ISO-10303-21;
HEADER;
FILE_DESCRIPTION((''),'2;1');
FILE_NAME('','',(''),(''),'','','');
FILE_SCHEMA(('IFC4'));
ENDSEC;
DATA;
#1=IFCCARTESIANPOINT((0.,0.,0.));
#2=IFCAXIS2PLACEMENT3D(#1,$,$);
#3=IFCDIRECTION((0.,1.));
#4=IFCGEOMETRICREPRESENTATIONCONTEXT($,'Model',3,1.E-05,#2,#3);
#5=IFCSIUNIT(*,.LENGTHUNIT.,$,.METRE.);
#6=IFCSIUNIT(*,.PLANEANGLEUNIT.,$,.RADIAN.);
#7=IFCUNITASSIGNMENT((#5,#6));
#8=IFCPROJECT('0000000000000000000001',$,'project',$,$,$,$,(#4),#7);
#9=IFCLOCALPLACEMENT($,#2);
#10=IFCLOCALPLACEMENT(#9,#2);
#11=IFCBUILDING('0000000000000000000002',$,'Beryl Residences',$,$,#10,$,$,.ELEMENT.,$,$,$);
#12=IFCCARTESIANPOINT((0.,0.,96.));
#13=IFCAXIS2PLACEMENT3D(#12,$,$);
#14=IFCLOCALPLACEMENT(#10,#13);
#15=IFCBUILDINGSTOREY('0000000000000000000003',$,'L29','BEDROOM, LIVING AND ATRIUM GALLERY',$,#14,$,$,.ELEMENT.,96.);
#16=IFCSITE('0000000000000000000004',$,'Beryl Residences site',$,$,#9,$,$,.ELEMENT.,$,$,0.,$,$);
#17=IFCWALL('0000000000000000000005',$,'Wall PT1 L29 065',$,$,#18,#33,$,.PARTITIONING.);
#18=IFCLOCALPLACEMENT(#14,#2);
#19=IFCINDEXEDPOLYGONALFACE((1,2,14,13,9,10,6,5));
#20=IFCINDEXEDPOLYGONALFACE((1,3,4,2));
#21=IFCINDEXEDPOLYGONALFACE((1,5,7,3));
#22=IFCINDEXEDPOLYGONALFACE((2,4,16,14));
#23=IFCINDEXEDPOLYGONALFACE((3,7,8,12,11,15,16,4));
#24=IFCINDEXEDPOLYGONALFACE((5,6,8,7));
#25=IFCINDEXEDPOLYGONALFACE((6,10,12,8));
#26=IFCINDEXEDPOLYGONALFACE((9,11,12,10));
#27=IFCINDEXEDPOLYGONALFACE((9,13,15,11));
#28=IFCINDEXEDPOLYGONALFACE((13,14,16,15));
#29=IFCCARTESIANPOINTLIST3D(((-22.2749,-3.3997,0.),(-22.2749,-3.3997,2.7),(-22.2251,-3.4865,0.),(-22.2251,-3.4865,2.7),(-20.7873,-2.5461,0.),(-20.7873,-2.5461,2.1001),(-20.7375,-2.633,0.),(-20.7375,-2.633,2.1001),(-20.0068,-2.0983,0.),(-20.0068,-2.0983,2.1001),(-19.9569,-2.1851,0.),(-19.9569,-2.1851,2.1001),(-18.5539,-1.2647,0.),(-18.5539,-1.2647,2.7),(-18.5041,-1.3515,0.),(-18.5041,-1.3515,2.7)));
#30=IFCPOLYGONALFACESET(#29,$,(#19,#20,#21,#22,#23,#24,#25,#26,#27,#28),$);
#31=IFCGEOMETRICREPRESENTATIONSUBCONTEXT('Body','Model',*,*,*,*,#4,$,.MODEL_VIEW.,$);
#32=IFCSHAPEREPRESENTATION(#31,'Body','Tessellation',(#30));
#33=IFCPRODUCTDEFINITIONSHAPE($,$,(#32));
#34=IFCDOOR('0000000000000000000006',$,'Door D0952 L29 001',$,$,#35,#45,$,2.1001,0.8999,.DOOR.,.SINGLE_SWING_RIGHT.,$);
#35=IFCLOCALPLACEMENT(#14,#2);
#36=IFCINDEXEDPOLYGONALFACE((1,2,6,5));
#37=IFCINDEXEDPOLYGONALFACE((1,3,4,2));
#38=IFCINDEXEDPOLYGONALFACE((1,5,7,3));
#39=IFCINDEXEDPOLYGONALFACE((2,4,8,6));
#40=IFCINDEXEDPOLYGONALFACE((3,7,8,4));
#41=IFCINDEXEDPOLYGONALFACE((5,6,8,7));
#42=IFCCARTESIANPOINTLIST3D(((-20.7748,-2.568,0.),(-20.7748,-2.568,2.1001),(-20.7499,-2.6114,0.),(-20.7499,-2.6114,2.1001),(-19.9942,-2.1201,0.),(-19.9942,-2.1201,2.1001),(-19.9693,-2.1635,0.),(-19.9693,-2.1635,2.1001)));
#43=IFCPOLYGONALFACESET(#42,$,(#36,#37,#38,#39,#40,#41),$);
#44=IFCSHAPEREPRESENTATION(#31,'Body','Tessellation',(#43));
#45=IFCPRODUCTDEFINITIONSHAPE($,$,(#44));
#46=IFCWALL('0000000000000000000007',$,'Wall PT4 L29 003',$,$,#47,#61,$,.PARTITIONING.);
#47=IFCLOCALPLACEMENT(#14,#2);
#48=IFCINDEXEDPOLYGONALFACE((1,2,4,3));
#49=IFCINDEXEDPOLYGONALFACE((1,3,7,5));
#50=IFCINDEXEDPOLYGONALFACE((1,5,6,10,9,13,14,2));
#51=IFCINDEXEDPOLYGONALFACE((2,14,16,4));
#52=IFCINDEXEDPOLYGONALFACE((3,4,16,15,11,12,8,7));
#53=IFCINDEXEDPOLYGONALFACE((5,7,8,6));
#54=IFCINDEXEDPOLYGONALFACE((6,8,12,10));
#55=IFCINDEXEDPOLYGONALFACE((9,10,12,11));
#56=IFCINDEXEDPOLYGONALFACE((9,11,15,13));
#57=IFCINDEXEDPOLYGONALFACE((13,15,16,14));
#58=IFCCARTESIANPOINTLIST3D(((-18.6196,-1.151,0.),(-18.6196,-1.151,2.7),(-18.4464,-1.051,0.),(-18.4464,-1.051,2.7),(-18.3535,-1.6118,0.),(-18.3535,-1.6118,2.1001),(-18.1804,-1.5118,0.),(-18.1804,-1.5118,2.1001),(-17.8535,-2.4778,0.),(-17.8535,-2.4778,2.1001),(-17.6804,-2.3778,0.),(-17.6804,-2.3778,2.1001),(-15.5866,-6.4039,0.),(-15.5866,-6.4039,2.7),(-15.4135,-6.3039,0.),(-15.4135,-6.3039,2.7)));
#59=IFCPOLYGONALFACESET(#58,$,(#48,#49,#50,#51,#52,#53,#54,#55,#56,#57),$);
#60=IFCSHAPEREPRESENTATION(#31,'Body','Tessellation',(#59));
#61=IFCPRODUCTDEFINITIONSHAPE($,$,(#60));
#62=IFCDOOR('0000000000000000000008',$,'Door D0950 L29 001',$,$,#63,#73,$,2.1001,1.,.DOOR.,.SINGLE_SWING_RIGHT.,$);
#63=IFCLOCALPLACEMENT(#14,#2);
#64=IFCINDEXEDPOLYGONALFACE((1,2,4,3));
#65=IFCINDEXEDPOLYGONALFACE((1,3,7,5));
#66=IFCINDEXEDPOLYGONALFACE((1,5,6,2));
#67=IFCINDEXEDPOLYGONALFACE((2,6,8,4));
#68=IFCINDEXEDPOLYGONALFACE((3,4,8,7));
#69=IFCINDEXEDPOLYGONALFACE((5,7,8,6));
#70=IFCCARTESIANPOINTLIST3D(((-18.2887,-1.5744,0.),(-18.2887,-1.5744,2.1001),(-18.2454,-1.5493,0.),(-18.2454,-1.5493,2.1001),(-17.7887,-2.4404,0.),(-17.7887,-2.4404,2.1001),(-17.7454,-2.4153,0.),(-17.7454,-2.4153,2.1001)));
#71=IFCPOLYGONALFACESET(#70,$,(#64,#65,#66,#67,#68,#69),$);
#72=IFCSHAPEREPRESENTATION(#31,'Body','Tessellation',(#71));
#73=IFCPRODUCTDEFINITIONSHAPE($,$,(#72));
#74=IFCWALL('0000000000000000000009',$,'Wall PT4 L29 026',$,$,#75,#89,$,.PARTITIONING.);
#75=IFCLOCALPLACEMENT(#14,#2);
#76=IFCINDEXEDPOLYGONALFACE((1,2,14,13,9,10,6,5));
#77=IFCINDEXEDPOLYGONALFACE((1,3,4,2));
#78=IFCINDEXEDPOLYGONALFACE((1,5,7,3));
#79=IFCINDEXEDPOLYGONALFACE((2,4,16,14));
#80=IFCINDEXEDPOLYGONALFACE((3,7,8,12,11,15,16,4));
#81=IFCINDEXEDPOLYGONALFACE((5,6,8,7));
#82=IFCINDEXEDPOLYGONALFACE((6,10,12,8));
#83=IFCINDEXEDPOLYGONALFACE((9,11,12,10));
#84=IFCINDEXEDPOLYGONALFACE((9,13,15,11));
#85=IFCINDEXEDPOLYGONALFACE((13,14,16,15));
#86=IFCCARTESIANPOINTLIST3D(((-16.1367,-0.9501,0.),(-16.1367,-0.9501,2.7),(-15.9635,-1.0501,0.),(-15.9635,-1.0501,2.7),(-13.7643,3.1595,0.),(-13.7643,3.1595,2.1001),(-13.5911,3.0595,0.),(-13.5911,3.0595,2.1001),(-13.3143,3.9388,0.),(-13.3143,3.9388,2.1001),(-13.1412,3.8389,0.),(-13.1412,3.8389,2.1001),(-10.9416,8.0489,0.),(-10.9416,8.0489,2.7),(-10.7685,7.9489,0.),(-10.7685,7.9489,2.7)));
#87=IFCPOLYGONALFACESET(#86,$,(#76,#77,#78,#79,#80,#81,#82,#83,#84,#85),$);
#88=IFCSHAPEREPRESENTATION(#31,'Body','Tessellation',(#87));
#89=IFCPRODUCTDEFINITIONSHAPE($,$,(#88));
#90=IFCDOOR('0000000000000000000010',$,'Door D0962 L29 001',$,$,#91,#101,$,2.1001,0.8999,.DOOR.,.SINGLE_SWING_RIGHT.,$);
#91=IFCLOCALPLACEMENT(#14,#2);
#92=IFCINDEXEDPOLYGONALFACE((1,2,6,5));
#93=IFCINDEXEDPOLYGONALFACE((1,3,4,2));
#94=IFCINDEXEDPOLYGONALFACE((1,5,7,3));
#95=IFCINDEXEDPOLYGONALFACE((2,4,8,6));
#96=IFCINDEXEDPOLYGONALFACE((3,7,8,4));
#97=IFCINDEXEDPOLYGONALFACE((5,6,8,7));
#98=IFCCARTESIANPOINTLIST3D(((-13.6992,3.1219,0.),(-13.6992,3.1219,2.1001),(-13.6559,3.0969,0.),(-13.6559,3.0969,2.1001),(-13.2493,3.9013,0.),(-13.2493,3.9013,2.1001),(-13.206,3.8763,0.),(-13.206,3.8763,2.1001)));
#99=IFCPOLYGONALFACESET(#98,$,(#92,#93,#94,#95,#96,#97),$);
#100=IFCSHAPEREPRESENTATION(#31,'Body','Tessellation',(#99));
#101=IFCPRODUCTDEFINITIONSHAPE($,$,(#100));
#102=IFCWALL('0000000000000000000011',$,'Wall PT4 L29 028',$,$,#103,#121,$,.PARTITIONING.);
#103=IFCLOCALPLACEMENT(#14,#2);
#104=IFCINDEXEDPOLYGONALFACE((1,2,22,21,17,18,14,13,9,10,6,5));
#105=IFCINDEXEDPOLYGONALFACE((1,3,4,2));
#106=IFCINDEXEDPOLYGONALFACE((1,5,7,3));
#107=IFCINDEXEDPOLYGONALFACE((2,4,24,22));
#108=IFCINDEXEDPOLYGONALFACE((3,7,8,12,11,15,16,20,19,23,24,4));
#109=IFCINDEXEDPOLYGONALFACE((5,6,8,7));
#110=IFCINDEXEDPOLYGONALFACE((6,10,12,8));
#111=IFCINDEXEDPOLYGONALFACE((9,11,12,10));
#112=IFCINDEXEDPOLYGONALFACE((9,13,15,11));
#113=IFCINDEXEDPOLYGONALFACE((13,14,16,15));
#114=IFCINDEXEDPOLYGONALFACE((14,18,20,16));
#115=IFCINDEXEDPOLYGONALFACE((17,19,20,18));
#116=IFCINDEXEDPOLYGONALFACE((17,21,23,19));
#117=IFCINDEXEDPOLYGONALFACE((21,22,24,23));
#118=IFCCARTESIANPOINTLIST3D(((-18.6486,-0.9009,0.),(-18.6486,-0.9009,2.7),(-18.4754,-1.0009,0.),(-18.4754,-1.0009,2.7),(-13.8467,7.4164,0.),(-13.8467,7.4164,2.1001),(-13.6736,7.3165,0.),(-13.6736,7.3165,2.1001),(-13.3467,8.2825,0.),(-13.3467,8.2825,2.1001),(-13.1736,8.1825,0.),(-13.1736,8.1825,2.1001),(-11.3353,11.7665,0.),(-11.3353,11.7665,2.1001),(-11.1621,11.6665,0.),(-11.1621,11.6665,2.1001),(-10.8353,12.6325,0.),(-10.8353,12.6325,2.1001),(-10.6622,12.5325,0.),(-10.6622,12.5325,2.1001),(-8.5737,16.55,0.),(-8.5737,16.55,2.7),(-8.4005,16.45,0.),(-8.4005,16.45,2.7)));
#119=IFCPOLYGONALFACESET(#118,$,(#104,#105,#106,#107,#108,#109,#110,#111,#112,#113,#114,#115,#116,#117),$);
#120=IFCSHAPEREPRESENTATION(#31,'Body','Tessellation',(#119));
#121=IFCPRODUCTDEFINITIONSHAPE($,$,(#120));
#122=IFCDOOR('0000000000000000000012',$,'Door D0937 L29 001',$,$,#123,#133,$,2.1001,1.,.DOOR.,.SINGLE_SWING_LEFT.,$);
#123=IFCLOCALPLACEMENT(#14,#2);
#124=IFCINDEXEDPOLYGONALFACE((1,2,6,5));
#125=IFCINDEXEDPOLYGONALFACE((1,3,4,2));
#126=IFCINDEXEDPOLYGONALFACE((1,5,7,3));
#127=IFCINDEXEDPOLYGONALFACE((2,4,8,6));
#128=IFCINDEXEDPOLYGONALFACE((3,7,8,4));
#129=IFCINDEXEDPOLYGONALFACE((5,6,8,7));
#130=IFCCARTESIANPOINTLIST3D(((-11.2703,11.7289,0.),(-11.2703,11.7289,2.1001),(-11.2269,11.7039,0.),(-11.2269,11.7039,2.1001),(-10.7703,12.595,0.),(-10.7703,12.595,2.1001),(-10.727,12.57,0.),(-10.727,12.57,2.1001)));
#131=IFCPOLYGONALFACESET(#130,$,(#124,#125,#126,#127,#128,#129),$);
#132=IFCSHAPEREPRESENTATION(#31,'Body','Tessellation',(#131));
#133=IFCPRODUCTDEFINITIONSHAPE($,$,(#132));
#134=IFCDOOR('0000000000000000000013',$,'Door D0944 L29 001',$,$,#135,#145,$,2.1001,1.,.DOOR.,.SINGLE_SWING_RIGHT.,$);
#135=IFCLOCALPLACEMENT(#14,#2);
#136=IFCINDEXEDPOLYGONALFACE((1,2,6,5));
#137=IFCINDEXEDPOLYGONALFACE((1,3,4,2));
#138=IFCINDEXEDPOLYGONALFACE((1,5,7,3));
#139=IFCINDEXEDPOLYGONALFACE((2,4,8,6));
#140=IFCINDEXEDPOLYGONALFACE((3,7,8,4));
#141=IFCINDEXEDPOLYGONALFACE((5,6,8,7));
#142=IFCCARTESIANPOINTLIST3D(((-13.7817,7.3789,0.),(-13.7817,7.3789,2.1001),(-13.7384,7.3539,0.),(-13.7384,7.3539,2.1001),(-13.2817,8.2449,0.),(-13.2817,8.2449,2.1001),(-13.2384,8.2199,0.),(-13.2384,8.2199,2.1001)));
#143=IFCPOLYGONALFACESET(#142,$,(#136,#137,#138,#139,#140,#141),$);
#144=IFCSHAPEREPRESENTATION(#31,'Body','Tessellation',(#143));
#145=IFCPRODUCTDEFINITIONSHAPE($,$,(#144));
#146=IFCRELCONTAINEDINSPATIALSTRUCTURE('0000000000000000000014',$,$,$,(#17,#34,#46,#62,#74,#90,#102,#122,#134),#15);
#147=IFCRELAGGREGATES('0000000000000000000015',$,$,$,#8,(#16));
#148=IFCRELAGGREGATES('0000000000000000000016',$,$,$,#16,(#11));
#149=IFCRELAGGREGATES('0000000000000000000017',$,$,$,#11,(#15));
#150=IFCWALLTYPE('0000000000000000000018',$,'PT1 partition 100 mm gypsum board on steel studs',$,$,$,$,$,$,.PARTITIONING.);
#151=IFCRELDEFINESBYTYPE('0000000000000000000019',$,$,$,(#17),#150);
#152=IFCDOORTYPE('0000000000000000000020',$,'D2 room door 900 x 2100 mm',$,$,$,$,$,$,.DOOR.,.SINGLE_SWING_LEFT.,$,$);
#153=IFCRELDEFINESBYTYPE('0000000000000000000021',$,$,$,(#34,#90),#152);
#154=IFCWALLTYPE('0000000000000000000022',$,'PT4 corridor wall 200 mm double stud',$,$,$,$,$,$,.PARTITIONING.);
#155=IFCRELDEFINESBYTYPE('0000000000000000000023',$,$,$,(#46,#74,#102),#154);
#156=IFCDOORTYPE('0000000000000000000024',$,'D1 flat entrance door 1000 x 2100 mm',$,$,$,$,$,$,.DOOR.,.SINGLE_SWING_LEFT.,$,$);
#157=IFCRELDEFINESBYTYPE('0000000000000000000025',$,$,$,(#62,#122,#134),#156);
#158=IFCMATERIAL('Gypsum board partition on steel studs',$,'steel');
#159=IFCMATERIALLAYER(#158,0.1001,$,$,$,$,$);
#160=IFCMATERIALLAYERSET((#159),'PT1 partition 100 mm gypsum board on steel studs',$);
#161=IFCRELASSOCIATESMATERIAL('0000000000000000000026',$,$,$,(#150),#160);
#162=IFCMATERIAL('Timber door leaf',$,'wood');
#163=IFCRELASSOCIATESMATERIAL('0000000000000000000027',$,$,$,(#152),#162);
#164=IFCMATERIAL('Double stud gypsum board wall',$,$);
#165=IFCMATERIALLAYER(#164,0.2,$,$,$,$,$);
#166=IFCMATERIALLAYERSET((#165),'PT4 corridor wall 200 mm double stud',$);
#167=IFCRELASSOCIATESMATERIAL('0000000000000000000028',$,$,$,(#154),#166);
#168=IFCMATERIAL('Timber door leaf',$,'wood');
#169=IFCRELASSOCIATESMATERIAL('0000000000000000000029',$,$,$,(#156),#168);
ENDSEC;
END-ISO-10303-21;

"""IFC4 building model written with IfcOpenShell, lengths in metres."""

from ifc_helpers import new_model, si_unit, direction, frame, frame_2d, origin, place, context, subcontext, project, spatial, rectangle, extrude, material, layer, layer_set, type_object, element, fill, save


model = new_model("IFC4")

# Units and contexts
model_context = context("Model", 3, precision=1e-05, world=origin(), true_north=direction((0.0, 1.0)))
body_context = subcontext(model_context, "Body", "Model", "MODEL_VIEW")
ifc_project = project(units=[si_unit("LENGTHUNIT", "METRE"), si_unit("PLANEANGLEUNIT", "RADIAN")], contexts=[model_context])

# Site, building, storey
site_placement = place(None, origin())
site = spatial("IfcSite", under=ifc_project, at=site_placement, Name="Beryl Residences site", CompositionType="ELEMENT", RefElevation=0.0)
building_placement = place(site_placement, origin())
building = spatial("IfcBuilding", under=site, at=building_placement, Name="Beryl Residences", CompositionType="ELEMENT")
storey_placement = place(building_placement, frame((0.0, 0.0, 96.0)))
storey = spatial("IfcBuildingStorey", under=building, at=storey_placement, Name="L29", Description="BEDROOM, LIVING AND ATRIUM GALLERY", CompositionType="ELEMENT", Elevation=96.0)

# Shared definitions
ifc_material_1 = material(Name="Gypsum board partition on steel studs", Category="steel")
ifc_layer_1 = layer(ifc_material_1, 0.1001)
ifc_layer_set_1 = layer_set([ifc_layer_1], Name="PT1 partition 100 mm gypsum board on steel studs")
wall_type_1 = type_object("IfcWallType", Name="PT1 partition 100 mm gypsum board on steel studs", PredefinedType="PARTITIONING", material=ifc_layer_set_1)
ifc_material_2 = material(Name="Timber door leaf", Category="wood")
door_type_1 = type_object("IfcDoorType", Name="D2 room door 900 x 2100 mm", OperationType="SINGLE_SWING_LEFT", PredefinedType="DOOR", material=ifc_material_2)

# Walls, openings, doors
wall_1_placement = place(storey_placement, frame((-22.25, -3.4431, 0.0), z_axis=(0.0, 0.0, 1.0), x_axis=(0.867363, 0.497676, 0.0)))
wall_1 = element("IfcWall", 1, at=wall_1_placement, inside=storey, type_object=wall_type_1, Name="Wall PT1 L29 065", PredefinedType="PARTITIONING", context=body_context, shape_type="SweptSolid", body=[
    extrude(rectangle(XDim=4.29, YDim=0.1001, at=frame_2d((2.145, 0.0))), origin(), (0.0, 0.0, 1.0), 2.7),
])
opening_1_placement = place(wall_1_placement, frame((1.7151, 0.0, 0.0)))
opening_1 = element("IfcOpeningElement", 2, at=opening_1_placement, cuts=wall_1, PredefinedType="OPENING", context=body_context, shape_type="SweptSolid", body=[
    extrude(rectangle(XDim=0.8999, YDim=2.1001, at=frame_2d((0.45, 1.05))), frame((0.0, 0.0601, 0.0), z_axis=(0.0, -1.0, 0.0), x_axis=(1.0, 0.0, 0.0)), (0.0, 0.0, 1.0), 0.1201),
])
door_1_placement = place(opening_1_placement, origin())
door_1 = element("IfcDoor", 3, at=door_1_placement, inside=storey, type_object=door_type_1, Name="Door D0952 L29 001", OperationType="SINGLE_SWING_RIGHT", OverallHeight=2.1001, OverallWidth=0.8999, PredefinedType="DOOR", context=body_context, shape_type="SweptSolid", body=[
    extrude(rectangle(XDim=0.8999, YDim=2.1001, at=frame_2d((0.45, 1.05))), frame((0.0, 0.0249, 0.0), z_axis=(0.0, -1.0, 0.0), x_axis=(1.0, 0.0, 0.0)), (0.0, 0.0, 1.0), 0.05),
])
fill(opening_1, door_1)
ifc_material_3 = material(Name="Double stud gypsum board wall")
ifc_layer_2 = layer(ifc_material_3, 0.2)
ifc_layer_set_2 = layer_set([ifc_layer_2], Name="PT4 corridor wall 200 mm double stud")
wall_type_2 = type_object("IfcWallType", Name="PT4 corridor wall 200 mm double stud", PredefinedType="PARTITIONING", material=ifc_layer_set_2)
wall_2_placement = place(storey_placement, frame((-18.533, -1.1011, 0.0), z_axis=(0.0, 0.0, 1.0), x_axis=(0.500022, -0.866013, 0.0)))
wall_2 = element("IfcWall", 4, at=wall_2_placement, inside=storey, type_object=wall_type_2, Name="Wall PT4 L29 003", PredefinedType="PARTITIONING", context=body_context, shape_type="SweptSolid", body=[
    extrude(rectangle(XDim=6.0657, YDim=0.2, at=frame_2d((3.0327, 0.0))), origin(), (0.0, 0.0, 1.0), 2.7),
])
opening_2_placement = place(wall_2_placement, frame((0.532, 0.0, 0.0)))
opening_2 = element("IfcOpeningElement", 5, at=opening_2_placement, cuts=wall_2, PredefinedType="OPENING", context=body_context, shape_type="SweptSolid", body=[
    extrude(rectangle(XDim=1.0, YDim=2.1001, at=frame_2d((0.5, 1.05))), frame((0.0, 0.1099, 0.0), z_axis=(0.0, -1.0, 0.0), x_axis=(1.0, 0.0, 0.0)), (0.0, 0.0, 1.0), 0.22),
])
ifc_material_4 = material(Name="Timber door leaf", Category="wood")
door_type_2 = type_object("IfcDoorType", Name="D1 flat entrance door 1000 x 2100 mm", OperationType="SINGLE_SWING_LEFT", PredefinedType="DOOR", material=ifc_material_4)
door_2_placement = place(opening_2_placement, origin())
door_2 = element("IfcDoor", 6, at=door_2_placement, inside=storey, type_object=door_type_2, Name="Door D0950 L29 001", OperationType="SINGLE_SWING_RIGHT", OverallHeight=2.1001, OverallWidth=1.0, PredefinedType="DOOR", context=body_context, shape_type="SweptSolid", body=[
    extrude(rectangle(XDim=1.0, YDim=2.1001, at=frame_2d((0.5, 1.05))), frame((0.0, 0.0249, 0.0), z_axis=(0.0, -1.0, 0.0), x_axis=(1.0, 0.0, 0.0)), (0.0, 0.0, 1.0), 0.05),
])
fill(opening_2, door_2)
wall_3_placement = place(storey_placement, frame((-16.05, -1.0, 0.0), z_axis=(0.0, 0.0, 1.0), x_axis=(0.499962, 0.866047, 0.0)))
wall_3 = element("IfcWall", 7, at=wall_3_placement, inside=storey, type_object=wall_type_2, Name="Wall PT4 L29 026", PredefinedType="PARTITIONING", context=body_context, shape_type="SweptSolid", body=[
    extrude(rectangle(XDim=10.3909, YDim=0.2, at=frame_2d((5.1953, 0.0))), origin(), (0.0, 0.0, 1.0), 2.7),
])
opening_3_placement = place(wall_3_placement, frame((4.7451, 0.0, 0.0)))
opening_3 = element("IfcOpeningElement", 8, at=opening_3_placement, cuts=wall_3, PredefinedType="OPENING", context=body_context, shape_type="SweptSolid", body=[
    extrude(rectangle(XDim=0.8999, YDim=2.1001, at=frame_2d((0.45, 1.05))), frame((0.0, 0.1099, 0.0), z_axis=(0.0, -1.0, 0.0), x_axis=(1.0, 0.0, 0.0)), (0.0, 0.0, 1.0), 0.22),
])
door_3_placement = place(opening_3_placement, origin())
door_3 = element("IfcDoor", 9, at=door_3_placement, inside=storey, type_object=door_type_1, Name="Door D0962 L29 001", OperationType="SINGLE_SWING_RIGHT", OverallHeight=2.1001, OverallWidth=0.8999, PredefinedType="DOOR", context=body_context, shape_type="SweptSolid", body=[
    extrude(rectangle(XDim=0.8999, YDim=2.1001, at=frame_2d((0.45, 1.05))), frame((0.0, 0.0249, 0.0), z_axis=(0.0, -1.0, 0.0), x_axis=(1.0, 0.0, 0.0)), (0.0, 0.0, 1.0), 0.05),
])
fill(opening_3, door_3)

# Wall, openings, doors
wall_4_placement = place(storey_placement, frame((-18.562, -0.9509, 0.0), z_axis=(0.0, 0.0, 1.0), x_axis=(0.499987, 0.866033, 0.0)))
wall_4 = element("IfcWall", 10, at=wall_4_placement, inside=storey, type_object=wall_type_2, Name="Wall PT4 L29 028", PredefinedType="PARTITIONING", context=body_context, shape_type="SweptSolid", body=[
    extrude(rectangle(XDim=20.1504, YDim=0.2, at=frame_2d((10.0752, 0.0))), origin(), (0.0, 0.0, 1.0), 2.7),
])
opening_4_placement = place(wall_4_placement, frame((14.627, 0.0, 0.0)))
opening_4 = element("IfcOpeningElement", 11, at=opening_4_placement, cuts=wall_4, PredefinedType="OPENING", context=body_context, shape_type="SweptSolid", body=[
    extrude(rectangle(XDim=1.0, YDim=2.1001, at=frame_2d((0.5, 1.05))), frame((0.0, 0.1099, 0.0), z_axis=(0.0, -1.0, 0.0), x_axis=(1.0, 0.0, 0.0)), (0.0, 0.0, 1.0), 0.22),
])
opening_5_placement = place(wall_4_placement, frame((9.604, 0.0, 0.0)))
opening_5 = element("IfcOpeningElement", 12, at=opening_5_placement, cuts=wall_4, PredefinedType="OPENING", context=body_context, shape_type="SweptSolid", body=[
    extrude(rectangle(XDim=1.0, YDim=2.1001, at=frame_2d((0.5, 1.05))), frame((0.0, 0.1099, 0.0), z_axis=(0.0, -1.0, 0.0), x_axis=(1.0, 0.0, 0.0)), (0.0, 0.0, 1.0), 0.22),
])
door_4_placement = place(opening_4_placement, origin())
door_4 = element("IfcDoor", 13, at=door_4_placement, inside=storey, type_object=door_type_2, Name="Door D0937 L29 001", OperationType="SINGLE_SWING_LEFT", OverallHeight=2.1001, OverallWidth=1.0, PredefinedType="DOOR", context=body_context, shape_type="SweptSolid", body=[
    extrude(rectangle(XDim=1.0, YDim=2.1001, at=frame_2d((0.5, 1.05))), frame((0.0, 0.0249, 0.0), z_axis=(0.0, -1.0, 0.0), x_axis=(1.0, 0.0, 0.0)), (0.0, 0.0, 1.0), 0.05),
])
fill(opening_4, door_4)
door_5_placement = place(opening_5_placement, origin())
door_5 = element("IfcDoor", 14, at=door_5_placement, inside=storey, type_object=door_type_2, Name="Door D0944 L29 001", OperationType="SINGLE_SWING_RIGHT", OverallHeight=2.1001, OverallWidth=1.0, PredefinedType="DOOR", context=body_context, shape_type="SweptSolid", body=[
    extrude(rectangle(XDim=1.0, YDim=2.1001, at=frame_2d((0.5, 1.05))), frame((0.0, 0.0249, 0.0), z_axis=(0.0, -1.0, 0.0), x_axis=(1.0, 0.0, 0.0)), (0.0, 0.0, 1.0), 0.05),
])
fill(opening_5, door_5)

save(model, "model.ifc")
